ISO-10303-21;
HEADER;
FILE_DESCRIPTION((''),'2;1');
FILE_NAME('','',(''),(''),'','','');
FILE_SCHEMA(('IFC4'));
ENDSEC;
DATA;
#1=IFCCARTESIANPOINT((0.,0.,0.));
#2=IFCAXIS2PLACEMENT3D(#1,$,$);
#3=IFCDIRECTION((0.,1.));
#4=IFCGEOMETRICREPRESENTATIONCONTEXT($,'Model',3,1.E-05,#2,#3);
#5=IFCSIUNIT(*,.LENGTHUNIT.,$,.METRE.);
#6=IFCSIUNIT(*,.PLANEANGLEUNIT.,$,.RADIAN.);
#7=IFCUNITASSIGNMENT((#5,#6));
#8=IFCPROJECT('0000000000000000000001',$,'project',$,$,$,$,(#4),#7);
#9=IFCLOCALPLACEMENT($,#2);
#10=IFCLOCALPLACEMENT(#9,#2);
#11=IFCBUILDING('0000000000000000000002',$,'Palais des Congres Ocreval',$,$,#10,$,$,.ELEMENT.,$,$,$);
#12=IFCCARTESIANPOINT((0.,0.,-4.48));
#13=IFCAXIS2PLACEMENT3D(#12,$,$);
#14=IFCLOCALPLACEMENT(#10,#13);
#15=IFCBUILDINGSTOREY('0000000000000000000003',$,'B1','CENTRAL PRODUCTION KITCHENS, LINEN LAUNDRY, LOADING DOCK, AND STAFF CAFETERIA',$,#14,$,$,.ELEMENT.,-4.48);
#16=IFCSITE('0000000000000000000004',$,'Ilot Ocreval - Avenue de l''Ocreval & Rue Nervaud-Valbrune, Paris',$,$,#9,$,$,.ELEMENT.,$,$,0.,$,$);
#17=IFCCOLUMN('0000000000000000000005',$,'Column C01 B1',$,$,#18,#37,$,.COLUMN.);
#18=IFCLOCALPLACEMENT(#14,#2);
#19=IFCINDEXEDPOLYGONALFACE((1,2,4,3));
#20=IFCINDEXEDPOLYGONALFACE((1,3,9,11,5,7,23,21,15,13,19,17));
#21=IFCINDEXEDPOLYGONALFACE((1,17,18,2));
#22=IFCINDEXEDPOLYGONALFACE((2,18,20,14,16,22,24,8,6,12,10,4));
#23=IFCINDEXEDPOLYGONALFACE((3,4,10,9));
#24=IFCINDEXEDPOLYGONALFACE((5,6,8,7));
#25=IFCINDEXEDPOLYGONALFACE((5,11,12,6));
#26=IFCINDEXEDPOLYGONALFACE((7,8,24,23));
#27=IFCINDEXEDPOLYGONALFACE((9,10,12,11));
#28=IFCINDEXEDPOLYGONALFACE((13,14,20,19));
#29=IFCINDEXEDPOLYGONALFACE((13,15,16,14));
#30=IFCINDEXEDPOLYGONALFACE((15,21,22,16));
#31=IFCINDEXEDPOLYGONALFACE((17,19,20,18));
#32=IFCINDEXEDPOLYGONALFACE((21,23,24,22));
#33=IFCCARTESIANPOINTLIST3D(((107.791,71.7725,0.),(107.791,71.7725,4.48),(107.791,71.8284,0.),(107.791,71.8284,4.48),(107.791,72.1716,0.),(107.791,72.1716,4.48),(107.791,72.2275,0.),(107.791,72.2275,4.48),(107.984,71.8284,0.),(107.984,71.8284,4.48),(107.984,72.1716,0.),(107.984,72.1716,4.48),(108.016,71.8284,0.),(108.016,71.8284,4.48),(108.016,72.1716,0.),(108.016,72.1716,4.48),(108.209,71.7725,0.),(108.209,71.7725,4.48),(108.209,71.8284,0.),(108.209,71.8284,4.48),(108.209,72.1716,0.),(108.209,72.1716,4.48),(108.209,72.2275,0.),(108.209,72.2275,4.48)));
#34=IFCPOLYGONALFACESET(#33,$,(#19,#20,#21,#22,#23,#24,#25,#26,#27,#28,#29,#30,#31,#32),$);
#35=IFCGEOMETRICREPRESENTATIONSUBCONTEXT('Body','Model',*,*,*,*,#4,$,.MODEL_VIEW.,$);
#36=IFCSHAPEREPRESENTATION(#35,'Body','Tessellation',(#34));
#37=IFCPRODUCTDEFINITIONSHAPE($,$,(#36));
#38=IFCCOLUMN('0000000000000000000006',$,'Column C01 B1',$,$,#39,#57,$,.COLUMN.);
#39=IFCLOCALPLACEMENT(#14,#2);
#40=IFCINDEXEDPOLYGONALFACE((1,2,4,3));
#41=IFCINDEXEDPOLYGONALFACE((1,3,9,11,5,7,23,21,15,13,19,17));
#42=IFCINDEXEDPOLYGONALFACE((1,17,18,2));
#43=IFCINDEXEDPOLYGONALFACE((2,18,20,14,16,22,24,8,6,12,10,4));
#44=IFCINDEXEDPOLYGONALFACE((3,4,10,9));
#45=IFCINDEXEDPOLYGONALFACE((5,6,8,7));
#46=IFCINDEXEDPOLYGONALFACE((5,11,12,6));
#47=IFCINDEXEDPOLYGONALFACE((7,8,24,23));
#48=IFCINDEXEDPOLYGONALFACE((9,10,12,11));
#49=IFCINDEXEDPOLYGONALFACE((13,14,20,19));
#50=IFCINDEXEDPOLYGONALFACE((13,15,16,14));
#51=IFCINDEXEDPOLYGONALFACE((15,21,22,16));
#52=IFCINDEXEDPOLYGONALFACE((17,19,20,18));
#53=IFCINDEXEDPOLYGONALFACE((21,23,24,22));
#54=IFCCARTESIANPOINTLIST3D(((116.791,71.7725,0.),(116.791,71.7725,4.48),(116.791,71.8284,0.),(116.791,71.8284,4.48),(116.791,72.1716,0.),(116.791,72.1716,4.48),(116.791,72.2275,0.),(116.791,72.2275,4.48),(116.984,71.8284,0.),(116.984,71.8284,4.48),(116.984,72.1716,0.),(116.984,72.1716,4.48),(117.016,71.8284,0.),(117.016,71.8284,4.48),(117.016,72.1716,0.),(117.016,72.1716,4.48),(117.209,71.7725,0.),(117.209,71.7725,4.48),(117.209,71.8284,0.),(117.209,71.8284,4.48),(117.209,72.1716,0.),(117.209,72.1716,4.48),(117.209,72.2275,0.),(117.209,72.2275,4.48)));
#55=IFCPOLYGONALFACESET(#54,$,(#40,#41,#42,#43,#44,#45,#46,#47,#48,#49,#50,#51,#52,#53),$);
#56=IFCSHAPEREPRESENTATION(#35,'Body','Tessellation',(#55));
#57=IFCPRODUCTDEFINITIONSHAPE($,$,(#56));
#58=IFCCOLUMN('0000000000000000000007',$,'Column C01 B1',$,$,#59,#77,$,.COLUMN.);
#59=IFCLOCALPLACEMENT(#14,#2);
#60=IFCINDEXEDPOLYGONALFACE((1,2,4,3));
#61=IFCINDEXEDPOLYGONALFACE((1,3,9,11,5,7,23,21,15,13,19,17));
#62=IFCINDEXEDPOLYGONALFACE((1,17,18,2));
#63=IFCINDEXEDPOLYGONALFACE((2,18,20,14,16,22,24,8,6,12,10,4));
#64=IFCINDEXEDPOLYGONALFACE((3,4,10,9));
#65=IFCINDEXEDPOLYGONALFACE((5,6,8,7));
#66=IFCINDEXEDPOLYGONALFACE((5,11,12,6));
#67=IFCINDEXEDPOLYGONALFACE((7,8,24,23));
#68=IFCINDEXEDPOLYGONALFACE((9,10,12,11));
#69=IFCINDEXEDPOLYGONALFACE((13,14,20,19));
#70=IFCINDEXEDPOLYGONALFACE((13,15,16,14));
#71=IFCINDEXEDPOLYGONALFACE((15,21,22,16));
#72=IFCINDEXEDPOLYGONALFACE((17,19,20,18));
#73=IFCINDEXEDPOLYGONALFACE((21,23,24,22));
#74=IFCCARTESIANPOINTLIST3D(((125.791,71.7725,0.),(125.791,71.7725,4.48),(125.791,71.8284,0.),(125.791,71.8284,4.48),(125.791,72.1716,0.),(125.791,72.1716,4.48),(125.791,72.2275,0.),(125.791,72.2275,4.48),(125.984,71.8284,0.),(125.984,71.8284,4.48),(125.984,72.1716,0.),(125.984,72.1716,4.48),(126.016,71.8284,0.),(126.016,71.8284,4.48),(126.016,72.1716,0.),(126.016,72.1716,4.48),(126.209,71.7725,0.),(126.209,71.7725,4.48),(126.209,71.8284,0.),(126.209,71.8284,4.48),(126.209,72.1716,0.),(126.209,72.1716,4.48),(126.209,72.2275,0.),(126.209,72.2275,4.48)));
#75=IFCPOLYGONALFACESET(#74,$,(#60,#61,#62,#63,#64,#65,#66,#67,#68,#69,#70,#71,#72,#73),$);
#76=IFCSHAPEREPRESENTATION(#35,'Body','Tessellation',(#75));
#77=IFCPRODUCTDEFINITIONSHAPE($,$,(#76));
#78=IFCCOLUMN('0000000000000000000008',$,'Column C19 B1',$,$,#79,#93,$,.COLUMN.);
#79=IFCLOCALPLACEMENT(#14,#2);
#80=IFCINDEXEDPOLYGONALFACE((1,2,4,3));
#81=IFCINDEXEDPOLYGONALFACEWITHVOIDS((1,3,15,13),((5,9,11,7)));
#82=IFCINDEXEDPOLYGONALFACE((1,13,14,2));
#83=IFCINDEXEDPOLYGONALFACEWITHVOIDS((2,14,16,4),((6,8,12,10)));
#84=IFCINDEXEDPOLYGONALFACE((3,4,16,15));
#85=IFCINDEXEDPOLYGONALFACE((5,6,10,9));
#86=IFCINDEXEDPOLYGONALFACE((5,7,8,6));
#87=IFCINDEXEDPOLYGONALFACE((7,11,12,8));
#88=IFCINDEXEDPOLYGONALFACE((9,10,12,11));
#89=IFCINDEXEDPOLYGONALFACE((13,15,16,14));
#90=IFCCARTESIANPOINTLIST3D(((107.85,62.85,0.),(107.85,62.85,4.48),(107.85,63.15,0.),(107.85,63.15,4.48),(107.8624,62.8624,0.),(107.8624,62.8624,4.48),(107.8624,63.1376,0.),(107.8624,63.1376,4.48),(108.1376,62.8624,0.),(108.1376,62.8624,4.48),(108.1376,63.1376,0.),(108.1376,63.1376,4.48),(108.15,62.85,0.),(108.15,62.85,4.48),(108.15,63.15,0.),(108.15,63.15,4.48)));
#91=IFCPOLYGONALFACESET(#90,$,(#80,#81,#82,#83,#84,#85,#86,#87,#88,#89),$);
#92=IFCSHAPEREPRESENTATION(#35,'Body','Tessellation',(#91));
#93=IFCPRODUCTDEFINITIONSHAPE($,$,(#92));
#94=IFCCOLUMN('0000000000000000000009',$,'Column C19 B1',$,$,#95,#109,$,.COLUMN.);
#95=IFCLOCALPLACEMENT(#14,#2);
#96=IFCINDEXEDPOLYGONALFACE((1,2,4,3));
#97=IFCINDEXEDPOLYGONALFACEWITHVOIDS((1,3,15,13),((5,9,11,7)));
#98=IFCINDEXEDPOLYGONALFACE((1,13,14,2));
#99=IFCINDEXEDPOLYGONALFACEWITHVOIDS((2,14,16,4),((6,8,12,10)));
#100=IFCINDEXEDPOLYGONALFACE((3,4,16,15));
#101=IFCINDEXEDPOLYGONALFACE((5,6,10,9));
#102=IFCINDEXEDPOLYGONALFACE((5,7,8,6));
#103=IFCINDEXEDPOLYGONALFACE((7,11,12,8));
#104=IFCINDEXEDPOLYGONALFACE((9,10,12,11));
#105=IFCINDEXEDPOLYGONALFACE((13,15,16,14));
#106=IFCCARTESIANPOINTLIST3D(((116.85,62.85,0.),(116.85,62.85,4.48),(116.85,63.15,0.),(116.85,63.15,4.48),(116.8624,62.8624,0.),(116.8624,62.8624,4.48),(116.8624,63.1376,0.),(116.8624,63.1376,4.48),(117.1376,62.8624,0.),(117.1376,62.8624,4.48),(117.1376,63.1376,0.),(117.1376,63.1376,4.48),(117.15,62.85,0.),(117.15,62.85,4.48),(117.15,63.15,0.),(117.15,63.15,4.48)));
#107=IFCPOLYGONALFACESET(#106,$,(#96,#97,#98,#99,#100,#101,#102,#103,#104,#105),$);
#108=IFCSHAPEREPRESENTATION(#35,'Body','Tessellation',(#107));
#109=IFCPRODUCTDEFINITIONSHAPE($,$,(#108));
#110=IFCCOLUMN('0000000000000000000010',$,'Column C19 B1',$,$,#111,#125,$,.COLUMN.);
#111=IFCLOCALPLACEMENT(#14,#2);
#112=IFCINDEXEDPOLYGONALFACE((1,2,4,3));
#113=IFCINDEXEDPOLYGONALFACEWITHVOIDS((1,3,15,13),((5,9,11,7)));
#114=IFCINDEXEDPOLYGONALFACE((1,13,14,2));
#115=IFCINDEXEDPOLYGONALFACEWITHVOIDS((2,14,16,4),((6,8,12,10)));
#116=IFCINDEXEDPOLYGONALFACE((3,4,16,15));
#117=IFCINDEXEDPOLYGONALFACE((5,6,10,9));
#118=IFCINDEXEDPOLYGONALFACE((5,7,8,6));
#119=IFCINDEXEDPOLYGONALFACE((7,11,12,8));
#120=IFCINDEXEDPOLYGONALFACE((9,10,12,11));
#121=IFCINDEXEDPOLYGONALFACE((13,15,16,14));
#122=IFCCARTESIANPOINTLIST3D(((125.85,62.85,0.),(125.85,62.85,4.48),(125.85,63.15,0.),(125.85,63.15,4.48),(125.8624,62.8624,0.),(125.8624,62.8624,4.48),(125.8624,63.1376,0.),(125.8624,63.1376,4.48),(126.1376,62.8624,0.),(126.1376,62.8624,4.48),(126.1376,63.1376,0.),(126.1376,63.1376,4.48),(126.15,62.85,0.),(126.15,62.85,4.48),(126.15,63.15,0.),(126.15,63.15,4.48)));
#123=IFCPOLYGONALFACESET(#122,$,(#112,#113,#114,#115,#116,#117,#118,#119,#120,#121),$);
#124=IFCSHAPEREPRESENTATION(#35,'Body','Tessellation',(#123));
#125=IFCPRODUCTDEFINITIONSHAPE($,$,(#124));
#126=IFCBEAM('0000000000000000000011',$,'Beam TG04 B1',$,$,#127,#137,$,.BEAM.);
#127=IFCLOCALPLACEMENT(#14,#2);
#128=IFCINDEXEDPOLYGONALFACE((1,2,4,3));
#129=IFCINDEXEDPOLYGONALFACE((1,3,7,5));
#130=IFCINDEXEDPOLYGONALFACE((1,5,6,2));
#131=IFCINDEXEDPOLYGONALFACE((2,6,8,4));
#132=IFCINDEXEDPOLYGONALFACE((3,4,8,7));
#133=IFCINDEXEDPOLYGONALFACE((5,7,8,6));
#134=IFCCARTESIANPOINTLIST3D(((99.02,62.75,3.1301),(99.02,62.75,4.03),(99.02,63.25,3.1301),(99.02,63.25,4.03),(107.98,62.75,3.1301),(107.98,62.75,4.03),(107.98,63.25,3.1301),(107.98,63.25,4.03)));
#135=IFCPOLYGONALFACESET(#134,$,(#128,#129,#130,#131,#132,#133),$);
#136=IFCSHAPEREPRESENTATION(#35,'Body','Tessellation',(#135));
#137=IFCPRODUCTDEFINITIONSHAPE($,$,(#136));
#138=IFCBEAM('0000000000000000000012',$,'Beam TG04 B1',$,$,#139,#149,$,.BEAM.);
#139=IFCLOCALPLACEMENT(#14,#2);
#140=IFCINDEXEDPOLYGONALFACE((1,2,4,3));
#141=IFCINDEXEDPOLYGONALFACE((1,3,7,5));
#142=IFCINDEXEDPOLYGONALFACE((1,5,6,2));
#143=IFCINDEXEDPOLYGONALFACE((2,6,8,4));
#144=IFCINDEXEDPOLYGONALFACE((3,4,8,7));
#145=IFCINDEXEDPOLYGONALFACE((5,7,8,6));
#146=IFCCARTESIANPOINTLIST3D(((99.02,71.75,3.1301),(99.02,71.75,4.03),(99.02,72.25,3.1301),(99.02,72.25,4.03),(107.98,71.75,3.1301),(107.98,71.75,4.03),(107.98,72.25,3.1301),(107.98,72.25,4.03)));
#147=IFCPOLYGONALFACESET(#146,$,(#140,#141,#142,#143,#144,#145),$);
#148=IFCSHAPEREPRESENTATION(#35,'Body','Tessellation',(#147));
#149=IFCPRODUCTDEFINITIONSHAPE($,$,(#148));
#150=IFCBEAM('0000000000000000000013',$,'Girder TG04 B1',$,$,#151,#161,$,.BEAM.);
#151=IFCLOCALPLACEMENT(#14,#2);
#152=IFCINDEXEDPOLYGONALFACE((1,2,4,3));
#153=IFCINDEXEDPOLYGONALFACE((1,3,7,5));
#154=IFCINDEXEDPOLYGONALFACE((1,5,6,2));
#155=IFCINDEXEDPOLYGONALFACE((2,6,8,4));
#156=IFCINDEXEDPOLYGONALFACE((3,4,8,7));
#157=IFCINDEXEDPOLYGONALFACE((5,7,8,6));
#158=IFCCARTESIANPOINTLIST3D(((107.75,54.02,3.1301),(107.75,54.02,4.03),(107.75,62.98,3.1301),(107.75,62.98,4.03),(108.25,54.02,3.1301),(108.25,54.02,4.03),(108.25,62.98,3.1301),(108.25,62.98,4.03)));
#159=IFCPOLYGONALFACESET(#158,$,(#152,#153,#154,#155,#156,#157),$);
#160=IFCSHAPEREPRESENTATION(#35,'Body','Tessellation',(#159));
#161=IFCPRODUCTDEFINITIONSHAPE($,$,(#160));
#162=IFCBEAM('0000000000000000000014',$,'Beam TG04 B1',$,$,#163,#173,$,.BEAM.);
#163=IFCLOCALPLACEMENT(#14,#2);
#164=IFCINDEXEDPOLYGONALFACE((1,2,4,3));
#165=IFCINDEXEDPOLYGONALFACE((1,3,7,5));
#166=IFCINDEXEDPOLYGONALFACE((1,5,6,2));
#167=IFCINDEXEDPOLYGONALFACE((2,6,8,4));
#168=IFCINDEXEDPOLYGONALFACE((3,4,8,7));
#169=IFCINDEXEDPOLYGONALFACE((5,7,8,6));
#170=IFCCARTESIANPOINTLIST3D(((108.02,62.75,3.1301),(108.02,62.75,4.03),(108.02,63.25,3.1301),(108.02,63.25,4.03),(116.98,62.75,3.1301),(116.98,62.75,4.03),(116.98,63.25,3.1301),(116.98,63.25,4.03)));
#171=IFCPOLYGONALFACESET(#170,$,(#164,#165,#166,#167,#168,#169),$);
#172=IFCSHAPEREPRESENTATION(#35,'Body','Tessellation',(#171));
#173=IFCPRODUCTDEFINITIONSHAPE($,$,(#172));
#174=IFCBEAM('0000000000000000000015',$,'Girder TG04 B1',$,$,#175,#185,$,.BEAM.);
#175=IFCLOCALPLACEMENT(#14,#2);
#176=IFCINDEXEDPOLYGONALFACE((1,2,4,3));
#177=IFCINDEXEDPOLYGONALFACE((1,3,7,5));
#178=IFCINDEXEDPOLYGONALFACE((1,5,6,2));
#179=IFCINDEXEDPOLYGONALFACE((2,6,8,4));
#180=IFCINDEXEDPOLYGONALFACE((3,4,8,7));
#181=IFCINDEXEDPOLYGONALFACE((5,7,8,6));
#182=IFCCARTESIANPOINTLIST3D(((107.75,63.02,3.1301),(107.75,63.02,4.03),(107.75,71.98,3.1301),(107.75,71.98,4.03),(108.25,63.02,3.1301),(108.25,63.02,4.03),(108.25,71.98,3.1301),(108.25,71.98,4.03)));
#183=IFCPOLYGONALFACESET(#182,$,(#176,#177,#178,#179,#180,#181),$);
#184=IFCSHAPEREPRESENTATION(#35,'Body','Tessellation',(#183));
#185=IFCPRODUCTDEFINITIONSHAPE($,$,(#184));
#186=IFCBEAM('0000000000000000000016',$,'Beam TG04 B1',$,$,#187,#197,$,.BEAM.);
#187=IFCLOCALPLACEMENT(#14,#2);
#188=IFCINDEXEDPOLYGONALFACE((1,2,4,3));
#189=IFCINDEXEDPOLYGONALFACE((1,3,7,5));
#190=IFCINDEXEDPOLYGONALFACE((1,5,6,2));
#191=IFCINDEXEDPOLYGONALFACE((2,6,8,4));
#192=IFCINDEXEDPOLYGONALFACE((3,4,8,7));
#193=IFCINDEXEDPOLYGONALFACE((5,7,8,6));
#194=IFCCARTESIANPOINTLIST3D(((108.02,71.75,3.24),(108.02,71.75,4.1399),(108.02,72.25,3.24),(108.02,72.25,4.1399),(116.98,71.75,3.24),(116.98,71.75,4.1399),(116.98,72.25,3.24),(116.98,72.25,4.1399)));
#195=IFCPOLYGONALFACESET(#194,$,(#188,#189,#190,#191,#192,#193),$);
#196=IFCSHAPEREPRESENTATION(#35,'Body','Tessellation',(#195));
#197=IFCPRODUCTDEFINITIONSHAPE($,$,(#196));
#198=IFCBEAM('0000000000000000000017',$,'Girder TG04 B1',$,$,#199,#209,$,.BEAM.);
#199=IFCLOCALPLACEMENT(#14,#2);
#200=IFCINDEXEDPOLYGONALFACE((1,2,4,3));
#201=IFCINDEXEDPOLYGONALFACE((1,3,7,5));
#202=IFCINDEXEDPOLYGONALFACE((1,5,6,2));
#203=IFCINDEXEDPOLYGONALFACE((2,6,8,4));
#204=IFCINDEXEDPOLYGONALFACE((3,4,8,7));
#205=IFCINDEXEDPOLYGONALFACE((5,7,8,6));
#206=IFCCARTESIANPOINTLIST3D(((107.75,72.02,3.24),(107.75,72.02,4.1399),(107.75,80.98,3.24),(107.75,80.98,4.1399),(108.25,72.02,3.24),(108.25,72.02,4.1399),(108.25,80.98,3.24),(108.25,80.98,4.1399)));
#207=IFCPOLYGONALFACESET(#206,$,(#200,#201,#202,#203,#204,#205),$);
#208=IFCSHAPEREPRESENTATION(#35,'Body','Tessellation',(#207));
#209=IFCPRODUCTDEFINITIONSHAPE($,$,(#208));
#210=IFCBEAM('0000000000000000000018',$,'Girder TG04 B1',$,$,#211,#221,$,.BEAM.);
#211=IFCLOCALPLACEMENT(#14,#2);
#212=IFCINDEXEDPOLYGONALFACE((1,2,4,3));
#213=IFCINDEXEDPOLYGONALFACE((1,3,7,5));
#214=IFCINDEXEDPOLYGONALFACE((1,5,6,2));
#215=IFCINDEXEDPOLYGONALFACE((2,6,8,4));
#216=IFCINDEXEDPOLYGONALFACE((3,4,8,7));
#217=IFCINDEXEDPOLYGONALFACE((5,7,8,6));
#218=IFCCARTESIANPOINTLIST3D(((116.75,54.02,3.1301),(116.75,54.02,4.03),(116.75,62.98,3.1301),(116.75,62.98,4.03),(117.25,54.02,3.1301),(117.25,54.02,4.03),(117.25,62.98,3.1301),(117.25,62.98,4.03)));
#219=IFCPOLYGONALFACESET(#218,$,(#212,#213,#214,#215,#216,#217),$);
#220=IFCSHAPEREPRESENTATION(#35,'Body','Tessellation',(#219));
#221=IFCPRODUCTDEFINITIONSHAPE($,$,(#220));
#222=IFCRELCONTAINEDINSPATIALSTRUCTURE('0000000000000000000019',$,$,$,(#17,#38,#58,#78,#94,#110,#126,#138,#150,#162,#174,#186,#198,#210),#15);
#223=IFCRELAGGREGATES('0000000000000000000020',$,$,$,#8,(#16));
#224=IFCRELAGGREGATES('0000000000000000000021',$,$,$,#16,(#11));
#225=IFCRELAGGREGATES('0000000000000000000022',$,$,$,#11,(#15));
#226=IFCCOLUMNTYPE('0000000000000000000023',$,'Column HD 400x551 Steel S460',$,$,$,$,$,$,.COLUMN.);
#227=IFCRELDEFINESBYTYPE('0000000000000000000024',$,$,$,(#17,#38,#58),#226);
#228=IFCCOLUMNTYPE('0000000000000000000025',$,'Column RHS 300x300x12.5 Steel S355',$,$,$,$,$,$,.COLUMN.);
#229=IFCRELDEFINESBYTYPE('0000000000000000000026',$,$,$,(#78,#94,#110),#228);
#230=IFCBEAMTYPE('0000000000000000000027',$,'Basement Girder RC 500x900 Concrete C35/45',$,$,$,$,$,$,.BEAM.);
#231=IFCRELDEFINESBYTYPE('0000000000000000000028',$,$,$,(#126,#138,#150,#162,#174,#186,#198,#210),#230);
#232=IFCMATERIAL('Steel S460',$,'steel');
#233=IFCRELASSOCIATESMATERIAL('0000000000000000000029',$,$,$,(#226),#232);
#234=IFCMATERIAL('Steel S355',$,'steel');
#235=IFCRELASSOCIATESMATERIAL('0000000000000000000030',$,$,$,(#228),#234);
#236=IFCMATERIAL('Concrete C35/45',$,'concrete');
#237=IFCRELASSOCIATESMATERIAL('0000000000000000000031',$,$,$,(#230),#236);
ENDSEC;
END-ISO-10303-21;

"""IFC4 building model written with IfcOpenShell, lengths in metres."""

from ifc_helpers import new_model, si_unit, direction, frame, origin, origin_2d, place, context, subcontext, project, spatial, rectangle, hollow_rectangle, i_section, extrude, material, material_profile, profile_set, type_object, element, save


model = new_model("IFC4")

# Units and contexts
model_context = context("Model", 3, precision=1e-05, world=origin(), true_north=direction((0.0, 1.0)))
body_context = subcontext(model_context, "Body", "Model", "MODEL_VIEW")
ifc_project = project(units=[si_unit("LENGTHUNIT", "METRE"), si_unit("PLANEANGLEUNIT", "RADIAN")], contexts=[model_context])

# Site, building, storey
site_placement = place(None, origin())
site = spatial("IfcSite", under=ifc_project, at=site_placement, Name="Ilot Ocreval - Avenue de l'Ocreval & Rue Nervaud-Valbrune, Paris", CompositionType="ELEMENT", RefElevation=0.0)
building_placement = place(site_placement, origin())
building = spatial("IfcBuilding", under=site, at=building_placement, Name="Palais des Congres Ocreval", CompositionType="ELEMENT")
storey_placement = place(building_placement, frame((0.0, 0.0, -4.48)))
storey = spatial("IfcBuildingStorey", under=building, at=storey_placement, Name="B1", Description="CENTRAL PRODUCTION KITCHENS, LINEN LAUNDRY, LOADING DOCK, AND STAFF CAFETERIA", CompositionType="ELEMENT", Elevation=-4.48)

# Columns
ifc_material_1 = material(Name="Steel S460", Category="steel")
ifc_material_profile_1 = material_profile(ifc_material_1, i_section(OverallWidth=0.418, OverallDepth=0.4551, WebThickness=0.032, FlangeThickness=0.0559, at=origin_2d()), Name="HD 400x551")
ifc_profile_set_1 = profile_set([ifc_material_profile_1], Name="Steel S460")
column_type_1 = type_object("IfcColumnType", Name="Column HD 400x551 Steel S460", PredefinedType="COLUMN", material=ifc_profile_set_1)
for number, where, z_axis, x_axis, name in (
    (1, (108.0, 72.0, 0.0), (0.0, 0.0, 1.0), (1.0, 0.0, 0.0), "Column C01 B1"),
    (2, (117.0, 72.0, 0.0), (0.0, 0.0, 1.0), (1.0, 0.0, 0.0), "Column C01 B1"),
    (3, (126.0, 72.0, 0.0), (0.0, 0.0, 1.0), (1.0, 0.0, 0.0), "Column C01 B1"),
):
    element("IfcColumn", number, at=place(storey_placement, frame(where, z_axis=z_axis, x_axis=x_axis)), inside=storey, type_object=column_type_1, Name=name, PredefinedType="COLUMN", context=body_context, shape_type="SweptSolid", body=[
        extrude(i_section(OverallWidth=0.418, OverallDepth=0.4551, WebThickness=0.032, FlangeThickness=0.0559, at=origin_2d()), origin(), (0.0, 0.0, 1.0), 4.48),
    ])
ifc_material_2 = material(Name="Steel S355", Category="steel")
ifc_material_profile_2 = material_profile(ifc_material_2, hollow_rectangle(XDim=0.3, YDim=0.3, WallThickness=0.0125, at=origin_2d()), Name="RHS 300x300x12.5")
ifc_profile_set_2 = profile_set([ifc_material_profile_2], Name="Steel S355")
column_type_2 = type_object("IfcColumnType", Name="Column RHS 300x300x12.5 Steel S355", PredefinedType="COLUMN", material=ifc_profile_set_2)
for number, where, z_axis, x_axis, name in (
    (4, (108.0, 63.0, 0.0), (0.0, 0.0, 1.0), (1.0, 0.0, 0.0), "Column C19 B1"),
    (5, (117.0, 63.0, 0.0), (0.0, 0.0, 1.0), (1.0, 0.0, 0.0), "Column C19 B1"),
    (6, (126.0, 63.0, 0.0), (0.0, 0.0, 1.0), (1.0, 0.0, 0.0), "Column C19 B1"),
):
    element("IfcColumn", number, at=place(storey_placement, frame(where, z_axis=z_axis, x_axis=x_axis)), inside=storey, type_object=column_type_2, Name=name, PredefinedType="COLUMN", context=body_context, shape_type="SweptSolid", body=[
        extrude(hollow_rectangle(XDim=0.3, YDim=0.3, WallThickness=0.0125, at=origin_2d()), origin(), (0.0, 0.0, 1.0), 4.48),
    ])

# Beams
ifc_material_3 = material(Name="Concrete C35/45", Category="concrete")
ifc_material_profile_3 = material_profile(ifc_material_3, rectangle(XDim=0.5, YDim=0.8999, at=origin_2d()), Name="RC 500x900")
ifc_profile_set_3 = profile_set([ifc_material_profile_3], Name="Concrete C35/45")
beam_type = type_object("IfcBeamType", Name="Basement Girder RC 500x900 Concrete C35/45", PredefinedType="BEAM", material=ifc_profile_set_3)
for number, where, z_axis, x_axis, name in (
    (7, (99.02, 63.0, 3.5801), (1.0, 0.0, 0.0), (0.0, 1.0, 0.0), "Beam TG04 B1"),
    (8, (99.02, 72.0, 3.5801), (1.0, 0.0, 0.0), (0.0, 1.0, 0.0), "Beam TG04 B1"),
    (9, (108.0, 54.02, 3.5801), (0.0, 1.0, 0.0), (-1.0, 0.0, 0.0), "Girder TG04 B1"),
    (10, (108.02, 63.0, 3.5801), (1.0, 0.0, 0.0), (0.0, 1.0, 0.0), "Beam TG04 B1"),
    (11, (108.0, 63.02, 3.5801), (0.0, 1.0, 0.0), (-1.0, 0.0, 0.0), "Girder TG04 B1"),
    (12, (108.02, 72.0, 3.6899), (1.0, 0.0, 0.0), (0.0, 1.0, 0.0), "Beam TG04 B1"),
    (13, (108.0, 72.02, 3.6899), (0.0, 1.0, 0.0), (-1.0, 0.0, 0.0), "Girder TG04 B1"),
    (14, (117.0, 54.02, 3.5801), (0.0, 1.0, 0.0), (-1.0, 0.0, 0.0), "Girder TG04 B1"),
):
    element("IfcBeam", number, at=place(storey_placement, frame(where, z_axis=z_axis, x_axis=x_axis)), inside=storey, type_object=beam_type, Name=name, PredefinedType="BEAM", context=body_context, shape_type="SweptSolid", body=[
        extrude(rectangle(XDim=0.5, YDim=0.8999, at=origin_2d()), origin(), (0.0, 0.0, 1.0), 8.96),
    ])

save(model, "model.ifc")
